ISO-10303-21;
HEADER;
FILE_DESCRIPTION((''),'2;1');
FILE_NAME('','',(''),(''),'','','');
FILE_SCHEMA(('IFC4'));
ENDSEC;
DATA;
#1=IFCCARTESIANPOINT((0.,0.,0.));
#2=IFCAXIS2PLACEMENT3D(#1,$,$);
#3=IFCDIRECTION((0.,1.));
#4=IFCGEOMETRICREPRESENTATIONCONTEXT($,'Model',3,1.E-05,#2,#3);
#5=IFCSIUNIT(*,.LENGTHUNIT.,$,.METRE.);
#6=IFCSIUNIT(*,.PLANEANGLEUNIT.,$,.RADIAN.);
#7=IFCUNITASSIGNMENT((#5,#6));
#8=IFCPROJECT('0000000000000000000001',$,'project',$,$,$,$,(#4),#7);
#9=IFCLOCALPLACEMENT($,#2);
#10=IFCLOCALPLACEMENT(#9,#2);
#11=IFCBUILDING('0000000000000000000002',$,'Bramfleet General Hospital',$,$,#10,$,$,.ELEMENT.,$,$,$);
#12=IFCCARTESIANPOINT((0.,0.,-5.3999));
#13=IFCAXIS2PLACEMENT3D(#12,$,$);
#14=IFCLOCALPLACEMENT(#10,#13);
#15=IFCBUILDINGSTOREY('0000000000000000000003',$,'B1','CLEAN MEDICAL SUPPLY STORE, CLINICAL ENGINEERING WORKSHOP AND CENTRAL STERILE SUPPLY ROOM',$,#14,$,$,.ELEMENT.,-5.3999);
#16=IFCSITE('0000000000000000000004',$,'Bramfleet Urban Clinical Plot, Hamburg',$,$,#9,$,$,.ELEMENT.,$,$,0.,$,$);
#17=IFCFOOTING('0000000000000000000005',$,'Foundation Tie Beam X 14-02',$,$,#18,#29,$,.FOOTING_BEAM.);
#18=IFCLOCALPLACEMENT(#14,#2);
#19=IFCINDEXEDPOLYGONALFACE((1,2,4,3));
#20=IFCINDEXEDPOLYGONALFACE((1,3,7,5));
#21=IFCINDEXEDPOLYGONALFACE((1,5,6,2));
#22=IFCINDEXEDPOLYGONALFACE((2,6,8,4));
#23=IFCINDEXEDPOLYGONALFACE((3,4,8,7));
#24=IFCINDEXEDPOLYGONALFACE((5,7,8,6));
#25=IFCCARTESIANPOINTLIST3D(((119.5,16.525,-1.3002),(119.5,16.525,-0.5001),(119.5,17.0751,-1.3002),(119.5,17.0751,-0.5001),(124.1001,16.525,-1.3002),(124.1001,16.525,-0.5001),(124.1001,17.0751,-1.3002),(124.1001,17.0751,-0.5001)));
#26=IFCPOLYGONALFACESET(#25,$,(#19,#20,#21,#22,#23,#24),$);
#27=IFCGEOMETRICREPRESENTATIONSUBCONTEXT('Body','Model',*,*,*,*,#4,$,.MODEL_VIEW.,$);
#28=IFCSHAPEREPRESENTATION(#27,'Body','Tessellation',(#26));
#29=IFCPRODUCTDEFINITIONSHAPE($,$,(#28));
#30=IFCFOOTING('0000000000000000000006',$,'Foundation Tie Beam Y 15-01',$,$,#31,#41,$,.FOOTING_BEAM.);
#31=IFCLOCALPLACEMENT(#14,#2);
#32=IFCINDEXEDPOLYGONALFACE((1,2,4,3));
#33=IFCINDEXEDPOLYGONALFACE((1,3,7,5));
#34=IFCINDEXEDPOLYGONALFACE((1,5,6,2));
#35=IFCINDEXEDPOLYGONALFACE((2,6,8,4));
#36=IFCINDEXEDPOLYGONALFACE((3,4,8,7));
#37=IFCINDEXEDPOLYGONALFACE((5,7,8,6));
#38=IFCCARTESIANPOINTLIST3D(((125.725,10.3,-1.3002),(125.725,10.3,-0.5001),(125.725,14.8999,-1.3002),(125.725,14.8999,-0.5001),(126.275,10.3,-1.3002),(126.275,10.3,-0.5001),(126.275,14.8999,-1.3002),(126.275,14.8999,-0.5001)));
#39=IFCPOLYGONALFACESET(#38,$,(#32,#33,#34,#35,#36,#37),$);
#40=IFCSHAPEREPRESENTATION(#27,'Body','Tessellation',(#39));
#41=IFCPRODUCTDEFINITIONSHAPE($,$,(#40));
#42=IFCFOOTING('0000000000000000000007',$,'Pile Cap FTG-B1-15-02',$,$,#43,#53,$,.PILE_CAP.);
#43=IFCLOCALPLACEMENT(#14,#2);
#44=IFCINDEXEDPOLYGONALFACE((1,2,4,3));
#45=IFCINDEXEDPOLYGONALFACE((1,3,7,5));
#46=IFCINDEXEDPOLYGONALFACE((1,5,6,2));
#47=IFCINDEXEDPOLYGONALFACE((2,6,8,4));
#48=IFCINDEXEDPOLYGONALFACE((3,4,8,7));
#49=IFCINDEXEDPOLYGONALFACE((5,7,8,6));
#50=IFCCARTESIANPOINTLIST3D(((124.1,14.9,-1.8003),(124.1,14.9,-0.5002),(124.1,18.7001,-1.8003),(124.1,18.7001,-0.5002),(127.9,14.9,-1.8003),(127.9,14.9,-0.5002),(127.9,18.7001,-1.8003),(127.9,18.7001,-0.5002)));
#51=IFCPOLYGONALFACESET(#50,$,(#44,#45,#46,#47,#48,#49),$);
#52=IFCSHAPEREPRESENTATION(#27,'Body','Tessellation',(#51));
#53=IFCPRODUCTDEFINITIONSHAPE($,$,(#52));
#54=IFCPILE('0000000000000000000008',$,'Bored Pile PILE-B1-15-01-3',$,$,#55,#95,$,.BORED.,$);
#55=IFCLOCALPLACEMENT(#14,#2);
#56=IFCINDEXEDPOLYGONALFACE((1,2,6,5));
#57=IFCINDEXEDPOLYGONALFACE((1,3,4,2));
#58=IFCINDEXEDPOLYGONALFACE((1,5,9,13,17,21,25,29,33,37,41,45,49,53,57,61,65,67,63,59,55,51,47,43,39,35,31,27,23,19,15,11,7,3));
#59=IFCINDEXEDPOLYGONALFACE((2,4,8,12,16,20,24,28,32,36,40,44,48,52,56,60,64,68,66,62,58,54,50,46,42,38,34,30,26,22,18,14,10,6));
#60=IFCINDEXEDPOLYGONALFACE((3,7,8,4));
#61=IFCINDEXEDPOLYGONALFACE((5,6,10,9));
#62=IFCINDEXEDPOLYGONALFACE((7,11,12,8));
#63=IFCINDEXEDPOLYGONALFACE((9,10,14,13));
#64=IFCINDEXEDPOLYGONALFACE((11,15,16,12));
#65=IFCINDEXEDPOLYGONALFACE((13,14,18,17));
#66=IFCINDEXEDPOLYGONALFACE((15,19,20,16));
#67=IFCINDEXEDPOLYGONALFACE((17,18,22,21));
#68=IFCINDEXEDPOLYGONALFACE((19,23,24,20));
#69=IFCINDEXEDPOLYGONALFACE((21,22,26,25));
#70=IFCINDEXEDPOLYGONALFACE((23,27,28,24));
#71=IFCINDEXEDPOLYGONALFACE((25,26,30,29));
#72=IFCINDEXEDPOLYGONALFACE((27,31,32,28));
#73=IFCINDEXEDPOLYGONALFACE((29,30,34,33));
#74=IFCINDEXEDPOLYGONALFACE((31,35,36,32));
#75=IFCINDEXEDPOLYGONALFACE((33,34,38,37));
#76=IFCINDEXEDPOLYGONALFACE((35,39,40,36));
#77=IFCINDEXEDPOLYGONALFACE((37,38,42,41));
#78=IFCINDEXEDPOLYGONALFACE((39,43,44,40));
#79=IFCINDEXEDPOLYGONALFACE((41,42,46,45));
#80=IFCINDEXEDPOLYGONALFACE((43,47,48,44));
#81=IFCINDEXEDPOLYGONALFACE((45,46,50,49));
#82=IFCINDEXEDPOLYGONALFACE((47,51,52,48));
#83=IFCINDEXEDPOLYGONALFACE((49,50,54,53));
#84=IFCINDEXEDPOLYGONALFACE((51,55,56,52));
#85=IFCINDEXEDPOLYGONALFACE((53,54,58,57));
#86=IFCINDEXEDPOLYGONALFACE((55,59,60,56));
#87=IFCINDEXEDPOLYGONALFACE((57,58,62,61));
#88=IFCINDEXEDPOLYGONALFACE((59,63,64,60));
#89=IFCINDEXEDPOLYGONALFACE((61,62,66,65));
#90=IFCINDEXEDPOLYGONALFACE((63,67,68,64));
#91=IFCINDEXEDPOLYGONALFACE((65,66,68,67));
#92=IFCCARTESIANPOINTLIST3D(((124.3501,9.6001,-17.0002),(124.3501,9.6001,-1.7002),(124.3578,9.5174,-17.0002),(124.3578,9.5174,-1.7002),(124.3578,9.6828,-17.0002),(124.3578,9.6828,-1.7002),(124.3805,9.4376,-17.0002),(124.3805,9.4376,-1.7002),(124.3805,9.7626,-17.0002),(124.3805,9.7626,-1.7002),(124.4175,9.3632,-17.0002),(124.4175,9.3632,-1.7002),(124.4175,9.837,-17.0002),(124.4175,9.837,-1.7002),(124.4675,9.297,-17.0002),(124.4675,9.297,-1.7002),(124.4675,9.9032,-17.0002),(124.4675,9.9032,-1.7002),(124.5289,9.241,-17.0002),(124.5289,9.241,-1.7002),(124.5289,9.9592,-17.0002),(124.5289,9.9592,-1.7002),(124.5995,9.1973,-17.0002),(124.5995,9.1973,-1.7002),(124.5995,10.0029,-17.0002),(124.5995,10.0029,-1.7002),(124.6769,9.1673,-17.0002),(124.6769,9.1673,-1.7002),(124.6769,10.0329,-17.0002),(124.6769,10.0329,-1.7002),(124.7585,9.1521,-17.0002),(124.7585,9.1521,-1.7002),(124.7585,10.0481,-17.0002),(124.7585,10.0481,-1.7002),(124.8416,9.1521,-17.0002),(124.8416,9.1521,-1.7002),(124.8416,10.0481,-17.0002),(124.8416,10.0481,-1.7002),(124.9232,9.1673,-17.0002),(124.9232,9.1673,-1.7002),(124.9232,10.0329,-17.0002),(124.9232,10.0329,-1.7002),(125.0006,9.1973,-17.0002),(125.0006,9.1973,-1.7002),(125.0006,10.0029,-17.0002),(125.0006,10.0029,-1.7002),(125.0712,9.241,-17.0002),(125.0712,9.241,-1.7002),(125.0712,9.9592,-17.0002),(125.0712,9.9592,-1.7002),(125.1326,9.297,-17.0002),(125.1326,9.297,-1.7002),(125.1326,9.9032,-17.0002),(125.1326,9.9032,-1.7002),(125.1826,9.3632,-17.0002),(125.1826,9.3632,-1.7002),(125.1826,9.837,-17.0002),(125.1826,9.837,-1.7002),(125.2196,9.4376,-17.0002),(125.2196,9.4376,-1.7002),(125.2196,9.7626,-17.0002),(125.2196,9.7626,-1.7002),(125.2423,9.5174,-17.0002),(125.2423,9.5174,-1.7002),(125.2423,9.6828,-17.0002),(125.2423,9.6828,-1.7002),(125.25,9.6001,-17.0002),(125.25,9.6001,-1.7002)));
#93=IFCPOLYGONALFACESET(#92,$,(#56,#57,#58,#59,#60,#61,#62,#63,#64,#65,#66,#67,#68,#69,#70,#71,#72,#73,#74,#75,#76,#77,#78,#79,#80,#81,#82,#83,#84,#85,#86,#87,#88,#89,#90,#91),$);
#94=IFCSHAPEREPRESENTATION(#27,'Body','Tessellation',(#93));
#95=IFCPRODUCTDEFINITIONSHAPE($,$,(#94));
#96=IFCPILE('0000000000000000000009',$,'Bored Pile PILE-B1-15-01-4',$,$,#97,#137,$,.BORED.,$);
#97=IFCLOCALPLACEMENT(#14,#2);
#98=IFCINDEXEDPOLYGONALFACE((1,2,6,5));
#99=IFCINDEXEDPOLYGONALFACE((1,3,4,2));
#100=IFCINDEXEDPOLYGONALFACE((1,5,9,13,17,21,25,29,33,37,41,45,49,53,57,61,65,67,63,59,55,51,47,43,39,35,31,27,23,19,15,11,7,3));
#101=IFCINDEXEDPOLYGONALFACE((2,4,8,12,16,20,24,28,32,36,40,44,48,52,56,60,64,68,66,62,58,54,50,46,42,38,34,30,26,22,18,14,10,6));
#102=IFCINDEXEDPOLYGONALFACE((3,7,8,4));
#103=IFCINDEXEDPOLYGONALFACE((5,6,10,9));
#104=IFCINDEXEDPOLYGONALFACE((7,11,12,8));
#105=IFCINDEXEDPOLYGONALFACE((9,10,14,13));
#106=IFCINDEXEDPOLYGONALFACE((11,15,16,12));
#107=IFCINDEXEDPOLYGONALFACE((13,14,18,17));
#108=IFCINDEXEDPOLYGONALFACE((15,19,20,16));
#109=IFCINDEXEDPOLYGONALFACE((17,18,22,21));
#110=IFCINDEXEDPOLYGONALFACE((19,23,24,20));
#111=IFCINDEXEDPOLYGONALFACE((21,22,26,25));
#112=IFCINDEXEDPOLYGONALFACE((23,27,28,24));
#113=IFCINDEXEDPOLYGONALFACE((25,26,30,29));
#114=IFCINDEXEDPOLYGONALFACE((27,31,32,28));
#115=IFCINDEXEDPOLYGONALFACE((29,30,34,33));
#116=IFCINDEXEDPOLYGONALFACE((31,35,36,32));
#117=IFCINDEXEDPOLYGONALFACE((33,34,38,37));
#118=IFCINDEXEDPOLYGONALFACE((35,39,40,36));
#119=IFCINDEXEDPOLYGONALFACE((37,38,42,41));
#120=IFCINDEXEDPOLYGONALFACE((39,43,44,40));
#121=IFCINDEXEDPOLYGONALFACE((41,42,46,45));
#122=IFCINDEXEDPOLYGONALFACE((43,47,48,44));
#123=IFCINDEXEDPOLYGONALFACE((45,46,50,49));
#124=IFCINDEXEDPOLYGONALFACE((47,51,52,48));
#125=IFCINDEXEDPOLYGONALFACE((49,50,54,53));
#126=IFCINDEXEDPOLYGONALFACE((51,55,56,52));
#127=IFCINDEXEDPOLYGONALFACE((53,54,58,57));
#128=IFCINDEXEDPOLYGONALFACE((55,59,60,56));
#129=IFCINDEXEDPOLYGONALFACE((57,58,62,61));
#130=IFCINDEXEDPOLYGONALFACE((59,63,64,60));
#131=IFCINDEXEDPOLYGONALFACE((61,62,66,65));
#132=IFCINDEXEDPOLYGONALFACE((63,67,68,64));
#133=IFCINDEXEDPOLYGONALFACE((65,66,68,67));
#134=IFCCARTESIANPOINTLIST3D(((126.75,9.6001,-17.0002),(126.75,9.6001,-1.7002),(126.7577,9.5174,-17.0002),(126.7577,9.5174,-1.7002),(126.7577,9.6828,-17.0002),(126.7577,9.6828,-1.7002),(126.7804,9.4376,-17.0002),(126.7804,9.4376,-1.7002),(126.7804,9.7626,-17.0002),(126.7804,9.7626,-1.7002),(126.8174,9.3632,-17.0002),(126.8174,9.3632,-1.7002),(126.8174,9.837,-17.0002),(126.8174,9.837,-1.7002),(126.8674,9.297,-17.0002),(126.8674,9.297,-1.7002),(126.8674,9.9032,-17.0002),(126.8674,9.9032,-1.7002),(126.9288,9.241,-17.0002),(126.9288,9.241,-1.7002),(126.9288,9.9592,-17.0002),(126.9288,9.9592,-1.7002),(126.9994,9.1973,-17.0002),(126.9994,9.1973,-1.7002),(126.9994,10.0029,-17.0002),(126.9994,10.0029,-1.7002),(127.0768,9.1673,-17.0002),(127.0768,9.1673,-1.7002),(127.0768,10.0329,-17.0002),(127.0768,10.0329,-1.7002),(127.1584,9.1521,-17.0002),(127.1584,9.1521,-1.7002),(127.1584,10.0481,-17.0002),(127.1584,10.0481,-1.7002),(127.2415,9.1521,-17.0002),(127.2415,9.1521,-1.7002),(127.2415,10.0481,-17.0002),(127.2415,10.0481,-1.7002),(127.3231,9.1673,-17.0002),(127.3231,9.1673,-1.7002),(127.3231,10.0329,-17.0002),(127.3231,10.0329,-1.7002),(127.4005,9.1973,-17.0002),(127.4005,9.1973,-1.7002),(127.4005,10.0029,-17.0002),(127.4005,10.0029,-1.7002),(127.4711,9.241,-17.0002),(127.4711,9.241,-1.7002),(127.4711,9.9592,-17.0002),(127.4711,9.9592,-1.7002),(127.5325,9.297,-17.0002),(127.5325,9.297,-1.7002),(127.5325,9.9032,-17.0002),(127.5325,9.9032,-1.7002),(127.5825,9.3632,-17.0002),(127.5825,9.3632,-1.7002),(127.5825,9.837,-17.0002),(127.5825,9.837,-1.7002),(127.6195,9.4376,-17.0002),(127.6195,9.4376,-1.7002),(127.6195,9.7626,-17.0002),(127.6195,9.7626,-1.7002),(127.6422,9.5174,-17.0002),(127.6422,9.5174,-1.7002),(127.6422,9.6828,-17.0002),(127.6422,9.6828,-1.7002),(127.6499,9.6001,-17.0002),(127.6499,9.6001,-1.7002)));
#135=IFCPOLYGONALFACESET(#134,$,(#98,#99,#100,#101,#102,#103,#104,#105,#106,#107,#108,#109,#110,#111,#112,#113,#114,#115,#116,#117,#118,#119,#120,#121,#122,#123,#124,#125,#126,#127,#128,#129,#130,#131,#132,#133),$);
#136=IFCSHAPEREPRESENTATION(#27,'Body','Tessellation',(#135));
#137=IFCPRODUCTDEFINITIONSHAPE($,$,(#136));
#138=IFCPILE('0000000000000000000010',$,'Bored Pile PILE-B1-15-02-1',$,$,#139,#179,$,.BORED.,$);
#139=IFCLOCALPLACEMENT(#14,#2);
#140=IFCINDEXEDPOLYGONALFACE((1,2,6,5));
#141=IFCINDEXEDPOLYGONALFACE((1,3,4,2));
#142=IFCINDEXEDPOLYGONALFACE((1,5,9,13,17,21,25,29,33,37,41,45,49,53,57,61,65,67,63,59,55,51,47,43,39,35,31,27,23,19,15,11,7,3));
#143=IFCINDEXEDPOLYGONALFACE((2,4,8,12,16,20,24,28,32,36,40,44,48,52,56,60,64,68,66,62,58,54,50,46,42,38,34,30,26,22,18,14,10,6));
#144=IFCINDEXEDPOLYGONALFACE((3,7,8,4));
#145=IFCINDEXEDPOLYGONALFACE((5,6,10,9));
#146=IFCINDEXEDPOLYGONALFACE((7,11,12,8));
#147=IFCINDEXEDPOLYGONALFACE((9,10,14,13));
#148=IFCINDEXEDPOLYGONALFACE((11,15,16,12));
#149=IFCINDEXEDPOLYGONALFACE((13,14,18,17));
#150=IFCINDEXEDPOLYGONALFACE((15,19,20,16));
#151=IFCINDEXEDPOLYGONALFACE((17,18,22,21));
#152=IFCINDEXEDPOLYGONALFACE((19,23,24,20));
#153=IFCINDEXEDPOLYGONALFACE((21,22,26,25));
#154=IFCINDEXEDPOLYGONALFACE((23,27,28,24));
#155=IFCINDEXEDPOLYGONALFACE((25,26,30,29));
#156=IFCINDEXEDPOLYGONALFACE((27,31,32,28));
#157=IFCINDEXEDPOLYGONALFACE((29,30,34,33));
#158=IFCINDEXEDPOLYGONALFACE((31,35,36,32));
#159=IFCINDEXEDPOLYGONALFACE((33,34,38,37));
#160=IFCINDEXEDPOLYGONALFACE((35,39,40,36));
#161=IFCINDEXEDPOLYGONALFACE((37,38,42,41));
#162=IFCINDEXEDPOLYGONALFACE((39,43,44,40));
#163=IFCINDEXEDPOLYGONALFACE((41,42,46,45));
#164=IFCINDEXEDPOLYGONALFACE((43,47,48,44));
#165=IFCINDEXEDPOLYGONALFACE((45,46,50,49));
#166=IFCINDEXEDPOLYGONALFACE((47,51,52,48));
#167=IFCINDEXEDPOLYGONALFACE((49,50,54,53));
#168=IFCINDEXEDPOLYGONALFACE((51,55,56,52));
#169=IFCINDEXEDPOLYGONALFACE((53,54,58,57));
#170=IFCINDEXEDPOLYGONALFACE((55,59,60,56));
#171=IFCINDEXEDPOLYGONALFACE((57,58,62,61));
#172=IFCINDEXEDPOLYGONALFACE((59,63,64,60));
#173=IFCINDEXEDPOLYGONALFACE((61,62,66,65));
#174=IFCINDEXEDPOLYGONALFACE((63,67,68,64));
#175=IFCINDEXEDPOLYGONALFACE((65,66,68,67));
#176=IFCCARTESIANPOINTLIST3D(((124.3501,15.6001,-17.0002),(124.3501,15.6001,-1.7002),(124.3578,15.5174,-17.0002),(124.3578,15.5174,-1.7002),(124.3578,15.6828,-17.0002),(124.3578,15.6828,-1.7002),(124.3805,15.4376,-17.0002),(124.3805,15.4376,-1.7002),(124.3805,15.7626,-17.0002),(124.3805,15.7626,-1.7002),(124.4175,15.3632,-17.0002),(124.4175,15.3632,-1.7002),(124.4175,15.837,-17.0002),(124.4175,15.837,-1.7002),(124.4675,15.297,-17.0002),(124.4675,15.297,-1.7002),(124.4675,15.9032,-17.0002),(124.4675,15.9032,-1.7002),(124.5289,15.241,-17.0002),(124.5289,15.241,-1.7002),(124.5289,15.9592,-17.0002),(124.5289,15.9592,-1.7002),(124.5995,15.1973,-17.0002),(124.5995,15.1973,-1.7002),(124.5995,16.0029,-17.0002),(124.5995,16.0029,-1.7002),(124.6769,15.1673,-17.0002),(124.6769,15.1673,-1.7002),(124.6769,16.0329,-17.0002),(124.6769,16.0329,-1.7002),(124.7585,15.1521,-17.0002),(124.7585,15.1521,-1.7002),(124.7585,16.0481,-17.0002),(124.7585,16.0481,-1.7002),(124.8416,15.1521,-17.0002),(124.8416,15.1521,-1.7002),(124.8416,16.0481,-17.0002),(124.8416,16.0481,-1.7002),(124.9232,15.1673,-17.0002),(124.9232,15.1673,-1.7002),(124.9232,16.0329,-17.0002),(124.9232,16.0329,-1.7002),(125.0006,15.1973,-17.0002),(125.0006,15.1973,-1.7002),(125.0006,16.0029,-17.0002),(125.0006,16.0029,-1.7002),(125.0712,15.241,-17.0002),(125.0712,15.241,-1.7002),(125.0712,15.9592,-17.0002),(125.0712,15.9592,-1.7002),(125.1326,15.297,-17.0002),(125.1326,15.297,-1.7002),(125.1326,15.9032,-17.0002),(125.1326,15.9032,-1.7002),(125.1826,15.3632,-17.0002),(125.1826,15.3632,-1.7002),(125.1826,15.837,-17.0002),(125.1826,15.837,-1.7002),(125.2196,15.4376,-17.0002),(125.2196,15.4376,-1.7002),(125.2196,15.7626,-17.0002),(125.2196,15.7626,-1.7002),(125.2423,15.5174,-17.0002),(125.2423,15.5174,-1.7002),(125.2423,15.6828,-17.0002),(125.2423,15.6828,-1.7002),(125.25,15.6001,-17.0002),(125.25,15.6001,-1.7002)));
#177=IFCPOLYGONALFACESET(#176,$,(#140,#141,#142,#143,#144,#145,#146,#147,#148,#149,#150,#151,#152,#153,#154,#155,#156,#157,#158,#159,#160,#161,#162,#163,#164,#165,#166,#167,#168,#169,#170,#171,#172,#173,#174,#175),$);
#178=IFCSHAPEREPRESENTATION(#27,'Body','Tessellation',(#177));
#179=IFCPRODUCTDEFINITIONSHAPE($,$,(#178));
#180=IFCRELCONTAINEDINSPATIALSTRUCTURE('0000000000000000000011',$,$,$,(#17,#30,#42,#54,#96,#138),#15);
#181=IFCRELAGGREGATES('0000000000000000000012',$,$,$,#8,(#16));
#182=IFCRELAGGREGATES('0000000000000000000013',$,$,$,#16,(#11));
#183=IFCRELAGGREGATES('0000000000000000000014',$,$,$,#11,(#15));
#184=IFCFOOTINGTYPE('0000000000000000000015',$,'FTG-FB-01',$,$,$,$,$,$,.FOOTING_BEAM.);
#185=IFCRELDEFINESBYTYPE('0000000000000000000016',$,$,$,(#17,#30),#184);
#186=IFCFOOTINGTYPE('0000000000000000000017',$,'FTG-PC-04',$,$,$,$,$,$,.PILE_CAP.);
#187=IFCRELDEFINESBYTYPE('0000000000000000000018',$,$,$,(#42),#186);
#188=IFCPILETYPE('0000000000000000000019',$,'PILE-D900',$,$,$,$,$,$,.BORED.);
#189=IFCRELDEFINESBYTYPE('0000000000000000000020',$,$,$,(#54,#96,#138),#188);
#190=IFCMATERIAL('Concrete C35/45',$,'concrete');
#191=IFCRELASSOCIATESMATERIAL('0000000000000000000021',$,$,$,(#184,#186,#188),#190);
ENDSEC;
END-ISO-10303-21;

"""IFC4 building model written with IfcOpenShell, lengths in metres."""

from ifc_helpers import new_model, si_unit, direction, frame, origin, origin_2d, place, context, subcontext, project, spatial, rectangle, circle, extrude, material, material_profile, profile_set, type_object, element, save


model = new_model("IFC4")

# Units and contexts
model_context = context("Model", 3, precision=1e-05, world=origin(), true_north=direction((0.0, 1.0)))
body_context = subcontext(model_context, "Body", "Model", "MODEL_VIEW")
ifc_project = project(units=[si_unit("LENGTHUNIT", "METRE"), si_unit("PLANEANGLEUNIT", "RADIAN")], contexts=[model_context])

# Site, building, storey
site_placement = place(None, origin())
site = spatial("IfcSite", under=ifc_project, at=site_placement, Name="Bramfleet Urban Clinical Plot, Hamburg", CompositionType="ELEMENT", RefElevation=0.0)
building_placement = place(site_placement, origin())
building = spatial("IfcBuilding", under=site, at=building_placement, Name="Bramfleet General Hospital", CompositionType="ELEMENT")
storey_placement = place(building_placement, frame((0.0, 0.0, -5.3999)))
storey = spatial("IfcBuildingStorey", under=building, at=storey_placement, Name="B1", Description="CLEAN MEDICAL SUPPLY STORE, CLINICAL ENGINEERING WORKSHOP AND CENTRAL STERILE SUPPLY ROOM", CompositionType="ELEMENT", Elevation=-5.3999)

# Footings
ifc_material_1 = material(Name="Concrete C35/45", Category="concrete")
ifc_material_profile_1 = material_profile(ifc_material_1, rectangle(XDim=0.55, YDim=0.8, at=origin_2d()), Name="RC FB 800x550")
ifc_profile_set_1 = profile_set([ifc_material_profile_1], Name="Concrete C35/45")
footing_type_1 = type_object("IfcFootingType", Name="FTG-FB-01", PredefinedType="FOOTING_BEAM", material=ifc_profile_set_1)
footing_1_placement = place(storey_placement, frame((119.5, 16.8, -0.9001), z_axis=(1.0, 0.0, 0.0), x_axis=(0.0, 1.0, 0.0)))
element("IfcFooting", 1, at=footing_1_placement, inside=storey, type_object=footing_type_1, Name="Foundation Tie Beam X 14-02", PredefinedType="FOOTING_BEAM", context=body_context, shape_type="SweptSolid", body=[
    extrude(rectangle(XDim=0.55, YDim=0.8, at=origin_2d()), origin(), (0.0, 0.0, 1.0), 4.6001),
])
footing_2_placement = place(storey_placement, frame((126.0, 10.3, -0.9001), z_axis=(0.0, 1.0, 0.0), x_axis=(-1.0, 0.0, 0.0)))
element("IfcFooting", 2, at=footing_2_placement, inside=storey, type_object=footing_type_1, Name="Foundation Tie Beam Y 15-01", PredefinedType="FOOTING_BEAM", context=body_context, shape_type="SweptSolid", body=[
    extrude(rectangle(XDim=0.55, YDim=0.8, at=origin_2d()), origin(), (0.0, 0.0, 1.0), 4.5999),
])
footing_type_2 = type_object("IfcFootingType", Name="FTG-PC-04", PredefinedType="PILE_CAP", material=ifc_material_1)
footing_3_placement = place(storey_placement, frame((126.0, 16.8, -1.8003), z_axis=(0.0, 0.0, 1.0), x_axis=(1.0, 0.0, 0.0)))
element("IfcFooting", 3, at=footing_3_placement, inside=storey, type_object=footing_type_2, Name="Pile Cap FTG-B1-15-02", PredefinedType="PILE_CAP", context=body_context, shape_type="SweptSolid", body=[
    extrude(rectangle(XDim=3.8, YDim=3.8, at=origin_2d()), origin(), (0.0, 0.0, 1.0), 1.3),
])

# Piles
ifc_material_profile_2 = material_profile(ifc_material_1, circle(Radius=0.45, at=origin_2d()), Name="PILE BORED D900")
ifc_profile_set_2 = profile_set([ifc_material_profile_2], Name="Concrete C35/45")
pile_type = type_object("IfcPileType", Name="PILE-D900", PredefinedType="BORED", material=ifc_profile_set_2)
for number, where, z_axis, x_axis, name in (
    (4, (124.8, 9.6001, -1.7002), (0.0, 0.0, -1.0), (1.0, 0.0, 0.0), "Bored Pile PILE-B1-15-01-3"),
    (5, (127.2, 9.6001, -1.7002), (0.0, 0.0, -1.0), (1.0, 0.0, 0.0), "Bored Pile PILE-B1-15-01-4"),
    (6, (124.8, 15.6001, -1.7002), (0.0, 0.0, -1.0), (1.0, 0.0, 0.0), "Bored Pile PILE-B1-15-02-1"),
):
    element("IfcPile", number, at=place(storey_placement, frame(where, z_axis=z_axis, x_axis=x_axis)), inside=storey, type_object=pile_type, Name=name, PredefinedType="BORED", context=body_context, shape_type="SweptSolid", body=[
        extrude(circle(Radius=0.45, at=origin_2d()), origin(), (0.0, 0.0, 1.0), 15.3),
    ])

save(model, "model.ifc")
